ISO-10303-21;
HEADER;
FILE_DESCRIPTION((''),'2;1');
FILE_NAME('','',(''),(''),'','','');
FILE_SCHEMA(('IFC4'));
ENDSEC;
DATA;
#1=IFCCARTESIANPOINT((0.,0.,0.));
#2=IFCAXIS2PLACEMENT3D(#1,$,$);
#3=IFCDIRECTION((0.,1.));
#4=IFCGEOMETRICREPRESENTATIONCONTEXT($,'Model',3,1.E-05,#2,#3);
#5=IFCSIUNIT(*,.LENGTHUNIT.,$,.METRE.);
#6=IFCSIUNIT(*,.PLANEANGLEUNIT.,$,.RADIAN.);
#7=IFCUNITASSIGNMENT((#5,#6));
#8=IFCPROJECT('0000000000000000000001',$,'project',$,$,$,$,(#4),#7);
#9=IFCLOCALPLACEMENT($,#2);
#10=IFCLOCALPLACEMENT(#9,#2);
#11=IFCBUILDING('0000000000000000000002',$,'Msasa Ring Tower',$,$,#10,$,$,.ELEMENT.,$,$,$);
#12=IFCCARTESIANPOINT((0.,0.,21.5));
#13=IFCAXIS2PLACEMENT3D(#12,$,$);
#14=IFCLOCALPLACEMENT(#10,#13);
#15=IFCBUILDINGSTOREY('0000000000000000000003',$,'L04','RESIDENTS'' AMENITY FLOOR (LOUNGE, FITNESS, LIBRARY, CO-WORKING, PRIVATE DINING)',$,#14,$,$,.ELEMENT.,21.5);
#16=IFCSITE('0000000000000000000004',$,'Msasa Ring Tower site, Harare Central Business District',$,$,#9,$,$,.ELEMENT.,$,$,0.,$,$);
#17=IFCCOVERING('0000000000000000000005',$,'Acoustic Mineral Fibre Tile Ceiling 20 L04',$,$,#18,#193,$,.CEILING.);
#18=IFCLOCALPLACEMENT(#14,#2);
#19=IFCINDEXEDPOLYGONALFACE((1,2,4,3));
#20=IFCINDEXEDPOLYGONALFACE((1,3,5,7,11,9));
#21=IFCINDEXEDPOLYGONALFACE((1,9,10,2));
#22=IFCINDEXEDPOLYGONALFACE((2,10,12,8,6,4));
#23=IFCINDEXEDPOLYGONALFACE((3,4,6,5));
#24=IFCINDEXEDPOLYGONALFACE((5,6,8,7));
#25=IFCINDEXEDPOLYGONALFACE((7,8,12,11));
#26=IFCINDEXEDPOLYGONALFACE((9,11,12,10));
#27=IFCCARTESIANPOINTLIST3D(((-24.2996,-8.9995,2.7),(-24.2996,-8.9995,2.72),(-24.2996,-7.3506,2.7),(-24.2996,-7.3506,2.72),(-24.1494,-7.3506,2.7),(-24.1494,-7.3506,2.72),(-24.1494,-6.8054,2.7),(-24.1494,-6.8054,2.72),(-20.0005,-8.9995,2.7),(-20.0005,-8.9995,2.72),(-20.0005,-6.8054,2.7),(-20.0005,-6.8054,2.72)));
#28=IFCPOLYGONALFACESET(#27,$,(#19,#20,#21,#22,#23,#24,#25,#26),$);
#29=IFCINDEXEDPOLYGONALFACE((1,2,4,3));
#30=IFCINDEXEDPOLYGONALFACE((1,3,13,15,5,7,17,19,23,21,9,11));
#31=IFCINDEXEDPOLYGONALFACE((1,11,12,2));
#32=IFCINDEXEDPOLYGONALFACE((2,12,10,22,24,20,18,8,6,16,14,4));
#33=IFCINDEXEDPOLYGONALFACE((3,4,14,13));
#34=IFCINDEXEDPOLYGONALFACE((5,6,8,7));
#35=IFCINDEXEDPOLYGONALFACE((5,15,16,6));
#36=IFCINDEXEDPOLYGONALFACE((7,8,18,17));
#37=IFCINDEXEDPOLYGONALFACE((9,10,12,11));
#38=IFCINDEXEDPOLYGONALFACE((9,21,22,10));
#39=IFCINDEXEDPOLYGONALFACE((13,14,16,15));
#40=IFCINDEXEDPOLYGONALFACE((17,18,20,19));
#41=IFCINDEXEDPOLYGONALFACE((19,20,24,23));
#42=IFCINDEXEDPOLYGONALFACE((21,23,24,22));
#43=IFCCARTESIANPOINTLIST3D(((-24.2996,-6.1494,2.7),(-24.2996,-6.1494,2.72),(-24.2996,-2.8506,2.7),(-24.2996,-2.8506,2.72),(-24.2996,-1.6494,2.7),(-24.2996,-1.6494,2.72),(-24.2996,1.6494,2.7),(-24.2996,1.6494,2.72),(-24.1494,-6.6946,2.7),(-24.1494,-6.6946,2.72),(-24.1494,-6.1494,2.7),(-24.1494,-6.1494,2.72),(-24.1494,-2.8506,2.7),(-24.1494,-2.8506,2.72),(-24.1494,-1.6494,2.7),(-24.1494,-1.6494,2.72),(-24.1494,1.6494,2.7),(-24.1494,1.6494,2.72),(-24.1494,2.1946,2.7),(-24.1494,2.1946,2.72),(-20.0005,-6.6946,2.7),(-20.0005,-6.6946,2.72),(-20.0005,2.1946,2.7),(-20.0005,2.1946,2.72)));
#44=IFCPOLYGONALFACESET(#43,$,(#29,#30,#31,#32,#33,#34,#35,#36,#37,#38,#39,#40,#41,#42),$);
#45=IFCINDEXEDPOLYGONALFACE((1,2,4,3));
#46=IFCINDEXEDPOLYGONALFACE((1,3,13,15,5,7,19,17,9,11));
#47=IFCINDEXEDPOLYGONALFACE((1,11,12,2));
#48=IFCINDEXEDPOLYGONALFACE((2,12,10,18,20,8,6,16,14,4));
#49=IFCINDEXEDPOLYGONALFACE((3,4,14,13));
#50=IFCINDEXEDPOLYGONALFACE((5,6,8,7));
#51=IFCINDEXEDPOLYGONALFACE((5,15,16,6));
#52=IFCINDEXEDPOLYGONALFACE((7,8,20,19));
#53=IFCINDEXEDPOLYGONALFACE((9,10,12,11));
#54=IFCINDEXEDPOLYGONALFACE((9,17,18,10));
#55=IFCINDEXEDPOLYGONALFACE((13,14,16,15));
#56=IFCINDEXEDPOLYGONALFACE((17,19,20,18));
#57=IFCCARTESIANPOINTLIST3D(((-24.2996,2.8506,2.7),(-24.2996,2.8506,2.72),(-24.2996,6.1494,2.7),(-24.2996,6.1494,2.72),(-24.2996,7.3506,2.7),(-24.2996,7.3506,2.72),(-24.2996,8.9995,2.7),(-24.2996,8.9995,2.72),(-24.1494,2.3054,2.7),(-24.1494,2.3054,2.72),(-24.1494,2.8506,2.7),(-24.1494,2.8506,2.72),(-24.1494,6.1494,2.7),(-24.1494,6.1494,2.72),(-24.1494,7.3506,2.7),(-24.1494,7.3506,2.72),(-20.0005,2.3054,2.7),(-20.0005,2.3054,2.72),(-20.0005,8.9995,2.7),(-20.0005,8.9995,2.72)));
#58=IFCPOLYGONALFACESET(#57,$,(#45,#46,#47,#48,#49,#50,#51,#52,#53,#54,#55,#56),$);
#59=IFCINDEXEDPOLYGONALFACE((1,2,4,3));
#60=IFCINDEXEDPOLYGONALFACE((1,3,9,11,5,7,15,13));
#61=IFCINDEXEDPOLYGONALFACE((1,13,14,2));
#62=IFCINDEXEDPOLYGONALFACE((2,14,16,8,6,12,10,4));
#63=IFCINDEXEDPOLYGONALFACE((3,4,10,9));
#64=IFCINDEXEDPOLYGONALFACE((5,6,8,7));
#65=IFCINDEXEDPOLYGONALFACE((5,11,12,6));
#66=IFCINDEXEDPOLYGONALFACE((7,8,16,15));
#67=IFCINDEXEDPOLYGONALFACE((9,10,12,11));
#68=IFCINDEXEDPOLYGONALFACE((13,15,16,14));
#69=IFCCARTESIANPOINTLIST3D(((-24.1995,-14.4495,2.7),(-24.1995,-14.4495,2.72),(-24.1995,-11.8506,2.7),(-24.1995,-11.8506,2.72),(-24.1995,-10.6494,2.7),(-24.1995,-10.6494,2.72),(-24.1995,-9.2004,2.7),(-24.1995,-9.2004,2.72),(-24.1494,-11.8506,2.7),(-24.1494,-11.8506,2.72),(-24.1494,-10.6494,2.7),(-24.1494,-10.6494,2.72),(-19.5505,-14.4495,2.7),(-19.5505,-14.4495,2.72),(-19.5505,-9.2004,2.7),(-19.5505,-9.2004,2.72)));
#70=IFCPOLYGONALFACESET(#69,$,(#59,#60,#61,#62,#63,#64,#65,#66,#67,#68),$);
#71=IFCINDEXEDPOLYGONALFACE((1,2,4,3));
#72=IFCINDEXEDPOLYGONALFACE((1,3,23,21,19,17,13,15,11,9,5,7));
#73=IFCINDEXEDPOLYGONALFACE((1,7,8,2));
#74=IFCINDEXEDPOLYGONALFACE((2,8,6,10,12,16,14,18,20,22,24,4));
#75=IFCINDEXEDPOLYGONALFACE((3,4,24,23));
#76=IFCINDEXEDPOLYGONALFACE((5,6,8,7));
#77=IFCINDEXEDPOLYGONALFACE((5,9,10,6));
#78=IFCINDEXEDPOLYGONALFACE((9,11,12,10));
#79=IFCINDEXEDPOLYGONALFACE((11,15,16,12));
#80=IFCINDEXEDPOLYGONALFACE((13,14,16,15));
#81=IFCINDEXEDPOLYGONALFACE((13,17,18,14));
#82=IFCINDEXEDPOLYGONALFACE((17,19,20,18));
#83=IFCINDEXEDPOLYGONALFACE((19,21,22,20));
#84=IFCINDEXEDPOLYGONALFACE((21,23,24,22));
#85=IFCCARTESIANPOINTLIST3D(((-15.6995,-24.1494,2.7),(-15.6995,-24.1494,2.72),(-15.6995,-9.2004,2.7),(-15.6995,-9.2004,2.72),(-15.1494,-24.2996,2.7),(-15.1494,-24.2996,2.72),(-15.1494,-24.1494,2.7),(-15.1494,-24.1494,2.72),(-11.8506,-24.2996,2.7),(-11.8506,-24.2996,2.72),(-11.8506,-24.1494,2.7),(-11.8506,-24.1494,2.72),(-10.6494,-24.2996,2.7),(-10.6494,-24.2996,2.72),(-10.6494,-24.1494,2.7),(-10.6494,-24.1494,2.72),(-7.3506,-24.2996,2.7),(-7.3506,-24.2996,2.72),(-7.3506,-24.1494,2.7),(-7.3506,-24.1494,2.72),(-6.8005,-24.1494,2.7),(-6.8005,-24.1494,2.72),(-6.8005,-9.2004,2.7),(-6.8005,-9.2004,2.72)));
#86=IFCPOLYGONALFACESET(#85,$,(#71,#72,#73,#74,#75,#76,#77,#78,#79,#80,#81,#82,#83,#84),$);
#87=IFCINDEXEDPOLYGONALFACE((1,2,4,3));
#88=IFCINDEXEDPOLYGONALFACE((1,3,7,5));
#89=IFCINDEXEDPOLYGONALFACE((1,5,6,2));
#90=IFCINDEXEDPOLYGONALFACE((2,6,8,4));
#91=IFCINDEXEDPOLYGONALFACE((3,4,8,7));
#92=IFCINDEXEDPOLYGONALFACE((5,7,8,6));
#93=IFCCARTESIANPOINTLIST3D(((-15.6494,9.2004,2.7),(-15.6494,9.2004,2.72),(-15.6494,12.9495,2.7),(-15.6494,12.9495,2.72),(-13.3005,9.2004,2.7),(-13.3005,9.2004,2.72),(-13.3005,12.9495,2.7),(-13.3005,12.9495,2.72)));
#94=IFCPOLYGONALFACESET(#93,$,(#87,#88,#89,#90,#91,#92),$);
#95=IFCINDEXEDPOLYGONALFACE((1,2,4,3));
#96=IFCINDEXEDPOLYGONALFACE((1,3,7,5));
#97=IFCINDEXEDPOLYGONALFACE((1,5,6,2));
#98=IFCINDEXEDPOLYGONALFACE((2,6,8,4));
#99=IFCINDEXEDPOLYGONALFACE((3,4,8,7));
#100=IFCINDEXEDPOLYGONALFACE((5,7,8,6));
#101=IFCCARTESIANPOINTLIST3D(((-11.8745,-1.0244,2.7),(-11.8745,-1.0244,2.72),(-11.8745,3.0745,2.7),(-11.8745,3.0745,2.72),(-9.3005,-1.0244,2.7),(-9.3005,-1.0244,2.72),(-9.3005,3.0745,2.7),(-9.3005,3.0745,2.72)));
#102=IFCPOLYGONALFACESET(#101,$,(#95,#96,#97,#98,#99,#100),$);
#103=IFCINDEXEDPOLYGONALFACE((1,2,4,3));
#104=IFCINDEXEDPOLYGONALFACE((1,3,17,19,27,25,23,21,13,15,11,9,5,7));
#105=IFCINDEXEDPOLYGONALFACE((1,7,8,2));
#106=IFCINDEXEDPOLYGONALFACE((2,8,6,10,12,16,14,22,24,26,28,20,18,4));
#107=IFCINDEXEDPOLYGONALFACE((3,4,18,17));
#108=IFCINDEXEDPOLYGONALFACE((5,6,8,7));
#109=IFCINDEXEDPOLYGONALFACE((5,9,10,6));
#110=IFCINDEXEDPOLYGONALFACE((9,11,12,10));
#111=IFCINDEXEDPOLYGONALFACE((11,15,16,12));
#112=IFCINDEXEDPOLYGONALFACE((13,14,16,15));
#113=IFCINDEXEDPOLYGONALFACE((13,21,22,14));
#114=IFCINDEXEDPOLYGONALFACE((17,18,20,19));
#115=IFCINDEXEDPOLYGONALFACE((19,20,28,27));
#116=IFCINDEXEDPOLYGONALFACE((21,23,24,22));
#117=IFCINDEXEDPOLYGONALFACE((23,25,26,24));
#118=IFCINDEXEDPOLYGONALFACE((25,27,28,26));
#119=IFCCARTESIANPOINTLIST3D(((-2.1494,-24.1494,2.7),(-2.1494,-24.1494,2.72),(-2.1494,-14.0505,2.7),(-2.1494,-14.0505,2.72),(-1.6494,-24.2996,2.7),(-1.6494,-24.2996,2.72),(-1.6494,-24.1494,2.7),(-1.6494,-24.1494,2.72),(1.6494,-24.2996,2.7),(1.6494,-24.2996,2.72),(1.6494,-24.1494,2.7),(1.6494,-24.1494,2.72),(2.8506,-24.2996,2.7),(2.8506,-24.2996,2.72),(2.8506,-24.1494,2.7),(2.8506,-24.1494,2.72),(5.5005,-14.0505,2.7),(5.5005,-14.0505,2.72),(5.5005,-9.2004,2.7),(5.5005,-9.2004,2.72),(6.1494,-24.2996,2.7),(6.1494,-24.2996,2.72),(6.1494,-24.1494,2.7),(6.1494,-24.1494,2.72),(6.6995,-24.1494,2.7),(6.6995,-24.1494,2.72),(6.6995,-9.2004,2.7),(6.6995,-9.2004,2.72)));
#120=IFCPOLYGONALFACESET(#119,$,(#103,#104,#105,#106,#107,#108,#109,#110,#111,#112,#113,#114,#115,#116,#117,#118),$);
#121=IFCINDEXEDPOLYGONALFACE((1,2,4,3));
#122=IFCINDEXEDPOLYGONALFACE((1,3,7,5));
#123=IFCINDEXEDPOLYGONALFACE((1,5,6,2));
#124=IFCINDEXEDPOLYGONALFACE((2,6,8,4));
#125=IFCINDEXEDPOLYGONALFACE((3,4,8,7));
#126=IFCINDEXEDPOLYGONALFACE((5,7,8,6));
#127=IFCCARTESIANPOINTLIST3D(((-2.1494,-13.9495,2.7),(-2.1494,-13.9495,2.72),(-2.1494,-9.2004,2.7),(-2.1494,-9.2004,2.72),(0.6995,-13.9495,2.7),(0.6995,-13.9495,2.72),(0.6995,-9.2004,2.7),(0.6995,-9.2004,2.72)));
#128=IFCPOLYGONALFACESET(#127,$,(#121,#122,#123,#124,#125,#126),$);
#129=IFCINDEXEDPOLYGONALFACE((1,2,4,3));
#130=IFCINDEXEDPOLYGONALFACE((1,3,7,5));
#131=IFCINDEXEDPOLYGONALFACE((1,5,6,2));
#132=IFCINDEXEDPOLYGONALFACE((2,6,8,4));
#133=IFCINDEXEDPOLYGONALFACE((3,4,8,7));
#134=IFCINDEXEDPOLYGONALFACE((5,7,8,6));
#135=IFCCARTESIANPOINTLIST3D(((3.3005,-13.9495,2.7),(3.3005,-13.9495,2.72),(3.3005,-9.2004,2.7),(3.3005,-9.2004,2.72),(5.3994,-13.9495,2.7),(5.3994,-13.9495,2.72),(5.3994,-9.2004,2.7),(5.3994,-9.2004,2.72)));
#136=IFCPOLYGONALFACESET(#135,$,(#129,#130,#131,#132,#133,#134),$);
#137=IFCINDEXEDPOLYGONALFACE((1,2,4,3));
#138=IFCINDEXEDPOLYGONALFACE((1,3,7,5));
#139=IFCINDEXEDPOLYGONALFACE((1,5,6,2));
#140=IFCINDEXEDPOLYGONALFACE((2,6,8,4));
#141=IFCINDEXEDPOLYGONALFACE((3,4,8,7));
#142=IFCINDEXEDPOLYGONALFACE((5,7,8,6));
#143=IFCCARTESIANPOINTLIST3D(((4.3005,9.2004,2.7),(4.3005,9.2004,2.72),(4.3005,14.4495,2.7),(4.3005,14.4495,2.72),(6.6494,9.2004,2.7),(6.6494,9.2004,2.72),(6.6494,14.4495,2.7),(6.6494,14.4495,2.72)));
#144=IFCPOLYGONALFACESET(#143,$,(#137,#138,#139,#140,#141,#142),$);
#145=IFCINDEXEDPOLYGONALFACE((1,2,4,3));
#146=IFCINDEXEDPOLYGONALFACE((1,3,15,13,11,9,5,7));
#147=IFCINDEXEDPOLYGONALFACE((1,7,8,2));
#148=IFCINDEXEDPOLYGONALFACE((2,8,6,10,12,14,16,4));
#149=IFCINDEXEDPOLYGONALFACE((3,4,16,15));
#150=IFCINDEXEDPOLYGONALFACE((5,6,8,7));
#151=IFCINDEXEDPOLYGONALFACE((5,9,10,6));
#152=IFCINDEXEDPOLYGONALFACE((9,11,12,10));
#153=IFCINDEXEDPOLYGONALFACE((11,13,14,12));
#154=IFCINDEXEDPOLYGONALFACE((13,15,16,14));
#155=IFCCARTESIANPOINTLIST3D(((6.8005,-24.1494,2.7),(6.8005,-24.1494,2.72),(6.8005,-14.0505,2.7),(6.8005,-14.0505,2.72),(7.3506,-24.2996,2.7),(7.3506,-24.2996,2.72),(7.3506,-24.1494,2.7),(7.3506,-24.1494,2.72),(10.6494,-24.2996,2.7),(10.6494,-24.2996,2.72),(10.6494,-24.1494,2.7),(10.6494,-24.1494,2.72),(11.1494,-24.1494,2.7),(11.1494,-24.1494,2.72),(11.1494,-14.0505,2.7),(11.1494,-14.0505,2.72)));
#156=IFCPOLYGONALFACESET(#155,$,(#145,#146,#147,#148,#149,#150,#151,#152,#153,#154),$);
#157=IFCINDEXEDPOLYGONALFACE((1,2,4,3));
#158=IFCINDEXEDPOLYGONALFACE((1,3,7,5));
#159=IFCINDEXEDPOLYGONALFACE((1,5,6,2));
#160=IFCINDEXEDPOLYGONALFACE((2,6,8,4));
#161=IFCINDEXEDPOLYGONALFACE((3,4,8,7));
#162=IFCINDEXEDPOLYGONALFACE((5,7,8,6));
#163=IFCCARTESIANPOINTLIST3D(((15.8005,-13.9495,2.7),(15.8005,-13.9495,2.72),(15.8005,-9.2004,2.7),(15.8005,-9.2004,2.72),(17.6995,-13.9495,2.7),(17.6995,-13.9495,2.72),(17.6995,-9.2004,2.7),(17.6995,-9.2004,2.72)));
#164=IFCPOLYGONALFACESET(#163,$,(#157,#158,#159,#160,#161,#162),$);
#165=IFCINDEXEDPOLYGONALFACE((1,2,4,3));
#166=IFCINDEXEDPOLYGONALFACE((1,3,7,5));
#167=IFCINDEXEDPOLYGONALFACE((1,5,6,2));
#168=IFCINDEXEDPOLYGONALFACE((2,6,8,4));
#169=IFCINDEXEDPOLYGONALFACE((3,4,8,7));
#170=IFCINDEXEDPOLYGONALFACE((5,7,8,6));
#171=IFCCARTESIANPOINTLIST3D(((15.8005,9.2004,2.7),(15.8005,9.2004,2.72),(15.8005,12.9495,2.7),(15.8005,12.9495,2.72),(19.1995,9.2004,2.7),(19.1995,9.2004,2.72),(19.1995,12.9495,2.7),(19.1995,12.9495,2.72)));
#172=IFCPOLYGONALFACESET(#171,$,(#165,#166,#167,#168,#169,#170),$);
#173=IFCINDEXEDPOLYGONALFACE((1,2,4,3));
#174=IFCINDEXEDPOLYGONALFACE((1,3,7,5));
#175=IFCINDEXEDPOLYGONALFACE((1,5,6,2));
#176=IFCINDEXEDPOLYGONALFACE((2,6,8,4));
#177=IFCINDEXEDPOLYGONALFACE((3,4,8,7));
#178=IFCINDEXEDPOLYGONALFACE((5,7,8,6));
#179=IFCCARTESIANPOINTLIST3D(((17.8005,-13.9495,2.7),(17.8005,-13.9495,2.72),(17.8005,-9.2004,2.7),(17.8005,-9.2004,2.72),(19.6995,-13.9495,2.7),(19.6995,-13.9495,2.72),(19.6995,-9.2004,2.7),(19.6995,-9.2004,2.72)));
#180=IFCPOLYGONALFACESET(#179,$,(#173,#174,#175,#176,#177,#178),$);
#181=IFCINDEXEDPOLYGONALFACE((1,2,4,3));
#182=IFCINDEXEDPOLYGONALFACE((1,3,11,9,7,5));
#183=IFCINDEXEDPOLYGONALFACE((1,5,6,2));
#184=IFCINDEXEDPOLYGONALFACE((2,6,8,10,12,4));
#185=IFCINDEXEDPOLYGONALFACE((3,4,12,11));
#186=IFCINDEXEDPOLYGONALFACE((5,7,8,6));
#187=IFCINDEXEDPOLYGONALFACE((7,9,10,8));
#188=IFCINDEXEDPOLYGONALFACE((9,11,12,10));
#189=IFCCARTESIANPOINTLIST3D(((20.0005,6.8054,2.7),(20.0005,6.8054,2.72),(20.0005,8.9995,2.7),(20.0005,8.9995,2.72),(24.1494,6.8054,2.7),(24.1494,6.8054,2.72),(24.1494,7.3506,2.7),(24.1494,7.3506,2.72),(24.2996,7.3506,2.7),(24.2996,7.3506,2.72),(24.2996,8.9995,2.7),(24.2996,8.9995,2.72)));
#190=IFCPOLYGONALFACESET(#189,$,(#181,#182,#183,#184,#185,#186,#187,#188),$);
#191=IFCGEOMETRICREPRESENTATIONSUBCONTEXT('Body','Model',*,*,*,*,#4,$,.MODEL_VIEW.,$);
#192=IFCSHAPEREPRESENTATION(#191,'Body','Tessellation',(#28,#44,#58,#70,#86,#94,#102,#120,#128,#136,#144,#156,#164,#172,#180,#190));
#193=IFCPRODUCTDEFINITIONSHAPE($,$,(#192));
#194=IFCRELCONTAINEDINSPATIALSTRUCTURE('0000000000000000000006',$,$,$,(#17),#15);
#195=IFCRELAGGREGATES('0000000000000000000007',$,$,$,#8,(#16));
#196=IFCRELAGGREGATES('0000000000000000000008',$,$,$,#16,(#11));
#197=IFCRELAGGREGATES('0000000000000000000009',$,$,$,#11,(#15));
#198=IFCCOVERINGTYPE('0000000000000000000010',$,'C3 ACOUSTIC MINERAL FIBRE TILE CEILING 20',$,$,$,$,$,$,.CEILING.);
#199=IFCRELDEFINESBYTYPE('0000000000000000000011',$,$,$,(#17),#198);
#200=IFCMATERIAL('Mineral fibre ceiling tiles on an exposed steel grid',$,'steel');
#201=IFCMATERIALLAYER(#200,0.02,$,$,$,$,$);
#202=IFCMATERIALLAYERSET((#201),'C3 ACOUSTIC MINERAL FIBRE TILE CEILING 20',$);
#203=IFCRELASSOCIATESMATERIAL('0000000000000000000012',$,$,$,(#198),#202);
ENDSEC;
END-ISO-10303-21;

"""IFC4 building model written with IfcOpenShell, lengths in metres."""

from ifc_helpers import new_model, si_unit, direction, frame, origin, place, context, subcontext, project, spatial, line, indexed_curve, outline, extrude, material, layer, layer_set, type_object, element, save


model = new_model("IFC4")

# Units and contexts
model_context = context("Model", 3, precision=1e-05, world=origin(), true_north=direction((0.0, 1.0)))
body_context = subcontext(model_context, "Body", "Model", "MODEL_VIEW")
ifc_project = project(units=[si_unit("LENGTHUNIT", "METRE"), si_unit("PLANEANGLEUNIT", "RADIAN")], contexts=[model_context])

# Site, building, storey
site_placement = place(None, origin())
site = spatial("IfcSite", under=ifc_project, at=site_placement, Name="Msasa Ring Tower site, Harare Central Business District", CompositionType="ELEMENT", RefElevation=0.0)
building_placement = place(site_placement, origin())
building = spatial("IfcBuilding", under=site, at=building_placement, Name="Msasa Ring Tower", CompositionType="ELEMENT")
storey_placement = place(building_placement, frame((0.0, 0.0, 21.5)))
storey = spatial("IfcBuildingStorey", under=building, at=storey_placement, Name="L04", Description="RESIDENTS' AMENITY FLOOR (LOUNGE, FITNESS, LIBRARY, CO-WORKING, PRIVATE DINING)", CompositionType="ELEMENT", Elevation=21.5)

# Covering
ifc_material_1 = material(Name="Mineral fibre ceiling tiles on an exposed steel grid", Category="steel")
ifc_layer_1 = layer(ifc_material_1, 0.02)
ifc_layer_set_1 = layer_set([ifc_layer_1], Name="C3 ACOUSTIC MINERAL FIBRE TILE CEILING 20")
covering_type_1 = type_object("IfcCoveringType", Name="C3 ACOUSTIC MINERAL FIBRE TILE CEILING 20", PredefinedType="CEILING", material=ifc_layer_set_1)
covering_1_placement = place(storey_placement, frame((0.0, 0.0, 2.7)))
element("IfcCovering", 1, at=covering_1_placement, inside=storey, type_object=covering_type_1, Name="Acoustic Mineral Fibre Tile Ceiling 20 L04", PredefinedType="CEILING", context=body_context, shape_type="SweptSolid", body=[
    extrude(outline(indexed_curve([(-20.0005, -8.9995), (-24.2996, -8.9995), (-24.2996, -7.3506), (-24.1494, -7.3506), (-24.1494, -6.8054), (-20.0005, -6.8054)], segments=[line(1, 2, 3, 4, 5, 6, 1)], self_intersect=False)), origin(), (0.0, 0.0, 1.0), 0.02),
    extrude(outline(indexed_curve([(-20.0005, -6.6946), (-24.1494, -6.6946), (-24.1494, -6.1494), (-24.2996, -6.1494), (-24.2996, -2.8506), (-24.1494, -2.8506), (-24.1494, -1.6494), (-24.2996, -1.6494), (-24.2996, 1.6494), (-24.1494, 1.6494), (-24.1494, 2.1946), (-20.0005, 2.1946)], segments=[line(1, 2, 3, 4, 5, 6, 7, 8, 9, 10, 11, 12, 1)], self_intersect=False)), origin(), (0.0, 0.0, 1.0), 0.02),
    extrude(outline(indexed_curve([(-20.0005, 2.3054), (-24.1494, 2.3054), (-24.1494, 2.8506), (-24.2996, 2.8506), (-24.2996, 6.1494), (-24.1494, 6.1494), (-24.1494, 7.3506), (-24.2996, 7.3506), (-24.2996, 8.9995), (-20.0005, 8.9995)], segments=[line(1, 2, 3, 4, 5, 6, 7, 8, 9, 10, 1)], self_intersect=False)), origin(), (0.0, 0.0, 1.0), 0.02),
    extrude(outline(indexed_curve([(-24.1995, -11.8506), (-24.1494, -11.8506), (-24.1494, -10.6494), (-24.1995, -10.6494), (-24.1995, -9.2004), (-19.5505, -9.2004), (-19.5505, -14.4495), (-24.1995, -14.4495)], segments=[line(1, 2, 3, 4, 5, 6, 7, 8, 1)], self_intersect=False)), origin(), (0.0, 0.0, 1.0), 0.02),
    extrude(outline(indexed_curve([(-15.6995, -9.2004), (-6.8005, -9.2004), (-6.8005, -24.1494), (-7.3506, -24.1494), (-7.3506, -24.2996), (-10.6494, -24.2996), (-10.6494, -24.1494), (-11.8506, -24.1494), (-11.8506, -24.2996), (-15.1494, -24.2996), (-15.1494, -24.1494), (-15.6995, -24.1494)], segments=[line(1, 2, 3, 4, 5, 6, 7, 8, 9, 10, 11, 12, 1)], self_intersect=False)), origin(), (0.0, 0.0, 1.0), 0.02),
    extrude(outline(indexed_curve([(-15.6494, 12.9495), (-13.3005, 12.9495), (-13.3005, 9.2004), (-15.6494, 9.2004)], segments=[line(1, 2, 3, 4, 1)], self_intersect=False)), origin(), (0.0, 0.0, 1.0), 0.02),
    extrude(outline(indexed_curve([(-11.8745, 3.0745), (-9.3005, 3.0745), (-9.3005, -1.0244), (-11.8745, -1.0244)], segments=[line(1, 2, 3, 4, 1)], self_intersect=False)), origin(), (0.0, 0.0, 1.0), 0.02),
    extrude(outline(indexed_curve([(5.5005, -14.0505), (5.5005, -9.2004), (6.6995, -9.2004), (6.6995, -24.1494), (6.1494, -24.1494), (6.1494, -24.2996), (2.8506, -24.2996), (2.8506, -24.1494), (1.6494, -24.1494), (1.6494, -24.2996), (-1.6494, -24.2996), (-1.6494, -24.1494), (-2.1494, -24.1494), (-2.1494, -14.0505)], segments=[line(1, 2, 3, 4, 5, 6, 7, 8, 9, 10, 11, 12, 13, 14, 1)], self_intersect=False)), origin(), (0.0, 0.0, 1.0), 0.02),
    extrude(outline(indexed_curve([(-2.1494, -9.2004), (0.6995, -9.2004), (0.6995, -13.9495), (-2.1494, -13.9495)], segments=[line(1, 2, 3, 4, 1)], self_intersect=False)), origin(), (0.0, 0.0, 1.0), 0.02),
    extrude(outline(indexed_curve([(3.3005, -9.2004), (5.3994, -9.2004), (5.3994, -13.9495), (3.3005, -13.9495)], segments=[line(1, 2, 3, 4, 1)], self_intersect=False)), origin(), (0.0, 0.0, 1.0), 0.02),
    extrude(outline(indexed_curve([(6.6494, 14.4495), (6.6494, 9.2004), (4.3005, 9.2004), (4.3005, 14.4495)], segments=[line(1, 2, 3, 4, 1)], self_intersect=False)), origin(), (0.0, 0.0, 1.0), 0.02),
    extrude(outline(indexed_curve([(11.1494, -14.0505), (11.1494, -24.1494), (10.6494, -24.1494), (10.6494, -24.2996), (7.3506, -24.2996), (7.3506, -24.1494), (6.8005, -24.1494), (6.8005, -14.0505)], segments=[line(1, 2, 3, 4, 5, 6, 7, 8, 1)], self_intersect=False)), origin(), (0.0, 0.0, 1.0), 0.02),
    extrude(outline(indexed_curve([(15.8005, -9.2004), (17.6995, -9.2004), (17.6995, -13.9495), (15.8005, -13.9495)], segments=[line(1, 2, 3, 4, 1)], self_intersect=False)), origin(), (0.0, 0.0, 1.0), 0.02),
    extrude(outline(indexed_curve([(15.8005, 12.9495), (19.1995, 12.9495), (19.1995, 9.2004), (15.8005, 9.2004)], segments=[line(1, 2, 3, 4, 1)], self_intersect=False)), origin(), (0.0, 0.0, 1.0), 0.02),
    extrude(outline(indexed_curve([(17.8005, -9.2004), (19.6995, -9.2004), (19.6995, -13.9495), (17.8005, -13.9495)], segments=[line(1, 2, 3, 4, 1)], self_intersect=False)), origin(), (0.0, 0.0, 1.0), 0.02),
    extrude(outline(indexed_curve([(20.0005, 6.8054), (20.0005, 8.9995), (24.2996, 8.9995), (24.2996, 7.3506), (24.1494, 7.3506), (24.1494, 6.8054)], segments=[line(1, 2, 3, 4, 5, 6, 1)], self_intersect=False)), origin(), (0.0, 0.0, 1.0), 0.02),
])

save(model, "model.ifc")
